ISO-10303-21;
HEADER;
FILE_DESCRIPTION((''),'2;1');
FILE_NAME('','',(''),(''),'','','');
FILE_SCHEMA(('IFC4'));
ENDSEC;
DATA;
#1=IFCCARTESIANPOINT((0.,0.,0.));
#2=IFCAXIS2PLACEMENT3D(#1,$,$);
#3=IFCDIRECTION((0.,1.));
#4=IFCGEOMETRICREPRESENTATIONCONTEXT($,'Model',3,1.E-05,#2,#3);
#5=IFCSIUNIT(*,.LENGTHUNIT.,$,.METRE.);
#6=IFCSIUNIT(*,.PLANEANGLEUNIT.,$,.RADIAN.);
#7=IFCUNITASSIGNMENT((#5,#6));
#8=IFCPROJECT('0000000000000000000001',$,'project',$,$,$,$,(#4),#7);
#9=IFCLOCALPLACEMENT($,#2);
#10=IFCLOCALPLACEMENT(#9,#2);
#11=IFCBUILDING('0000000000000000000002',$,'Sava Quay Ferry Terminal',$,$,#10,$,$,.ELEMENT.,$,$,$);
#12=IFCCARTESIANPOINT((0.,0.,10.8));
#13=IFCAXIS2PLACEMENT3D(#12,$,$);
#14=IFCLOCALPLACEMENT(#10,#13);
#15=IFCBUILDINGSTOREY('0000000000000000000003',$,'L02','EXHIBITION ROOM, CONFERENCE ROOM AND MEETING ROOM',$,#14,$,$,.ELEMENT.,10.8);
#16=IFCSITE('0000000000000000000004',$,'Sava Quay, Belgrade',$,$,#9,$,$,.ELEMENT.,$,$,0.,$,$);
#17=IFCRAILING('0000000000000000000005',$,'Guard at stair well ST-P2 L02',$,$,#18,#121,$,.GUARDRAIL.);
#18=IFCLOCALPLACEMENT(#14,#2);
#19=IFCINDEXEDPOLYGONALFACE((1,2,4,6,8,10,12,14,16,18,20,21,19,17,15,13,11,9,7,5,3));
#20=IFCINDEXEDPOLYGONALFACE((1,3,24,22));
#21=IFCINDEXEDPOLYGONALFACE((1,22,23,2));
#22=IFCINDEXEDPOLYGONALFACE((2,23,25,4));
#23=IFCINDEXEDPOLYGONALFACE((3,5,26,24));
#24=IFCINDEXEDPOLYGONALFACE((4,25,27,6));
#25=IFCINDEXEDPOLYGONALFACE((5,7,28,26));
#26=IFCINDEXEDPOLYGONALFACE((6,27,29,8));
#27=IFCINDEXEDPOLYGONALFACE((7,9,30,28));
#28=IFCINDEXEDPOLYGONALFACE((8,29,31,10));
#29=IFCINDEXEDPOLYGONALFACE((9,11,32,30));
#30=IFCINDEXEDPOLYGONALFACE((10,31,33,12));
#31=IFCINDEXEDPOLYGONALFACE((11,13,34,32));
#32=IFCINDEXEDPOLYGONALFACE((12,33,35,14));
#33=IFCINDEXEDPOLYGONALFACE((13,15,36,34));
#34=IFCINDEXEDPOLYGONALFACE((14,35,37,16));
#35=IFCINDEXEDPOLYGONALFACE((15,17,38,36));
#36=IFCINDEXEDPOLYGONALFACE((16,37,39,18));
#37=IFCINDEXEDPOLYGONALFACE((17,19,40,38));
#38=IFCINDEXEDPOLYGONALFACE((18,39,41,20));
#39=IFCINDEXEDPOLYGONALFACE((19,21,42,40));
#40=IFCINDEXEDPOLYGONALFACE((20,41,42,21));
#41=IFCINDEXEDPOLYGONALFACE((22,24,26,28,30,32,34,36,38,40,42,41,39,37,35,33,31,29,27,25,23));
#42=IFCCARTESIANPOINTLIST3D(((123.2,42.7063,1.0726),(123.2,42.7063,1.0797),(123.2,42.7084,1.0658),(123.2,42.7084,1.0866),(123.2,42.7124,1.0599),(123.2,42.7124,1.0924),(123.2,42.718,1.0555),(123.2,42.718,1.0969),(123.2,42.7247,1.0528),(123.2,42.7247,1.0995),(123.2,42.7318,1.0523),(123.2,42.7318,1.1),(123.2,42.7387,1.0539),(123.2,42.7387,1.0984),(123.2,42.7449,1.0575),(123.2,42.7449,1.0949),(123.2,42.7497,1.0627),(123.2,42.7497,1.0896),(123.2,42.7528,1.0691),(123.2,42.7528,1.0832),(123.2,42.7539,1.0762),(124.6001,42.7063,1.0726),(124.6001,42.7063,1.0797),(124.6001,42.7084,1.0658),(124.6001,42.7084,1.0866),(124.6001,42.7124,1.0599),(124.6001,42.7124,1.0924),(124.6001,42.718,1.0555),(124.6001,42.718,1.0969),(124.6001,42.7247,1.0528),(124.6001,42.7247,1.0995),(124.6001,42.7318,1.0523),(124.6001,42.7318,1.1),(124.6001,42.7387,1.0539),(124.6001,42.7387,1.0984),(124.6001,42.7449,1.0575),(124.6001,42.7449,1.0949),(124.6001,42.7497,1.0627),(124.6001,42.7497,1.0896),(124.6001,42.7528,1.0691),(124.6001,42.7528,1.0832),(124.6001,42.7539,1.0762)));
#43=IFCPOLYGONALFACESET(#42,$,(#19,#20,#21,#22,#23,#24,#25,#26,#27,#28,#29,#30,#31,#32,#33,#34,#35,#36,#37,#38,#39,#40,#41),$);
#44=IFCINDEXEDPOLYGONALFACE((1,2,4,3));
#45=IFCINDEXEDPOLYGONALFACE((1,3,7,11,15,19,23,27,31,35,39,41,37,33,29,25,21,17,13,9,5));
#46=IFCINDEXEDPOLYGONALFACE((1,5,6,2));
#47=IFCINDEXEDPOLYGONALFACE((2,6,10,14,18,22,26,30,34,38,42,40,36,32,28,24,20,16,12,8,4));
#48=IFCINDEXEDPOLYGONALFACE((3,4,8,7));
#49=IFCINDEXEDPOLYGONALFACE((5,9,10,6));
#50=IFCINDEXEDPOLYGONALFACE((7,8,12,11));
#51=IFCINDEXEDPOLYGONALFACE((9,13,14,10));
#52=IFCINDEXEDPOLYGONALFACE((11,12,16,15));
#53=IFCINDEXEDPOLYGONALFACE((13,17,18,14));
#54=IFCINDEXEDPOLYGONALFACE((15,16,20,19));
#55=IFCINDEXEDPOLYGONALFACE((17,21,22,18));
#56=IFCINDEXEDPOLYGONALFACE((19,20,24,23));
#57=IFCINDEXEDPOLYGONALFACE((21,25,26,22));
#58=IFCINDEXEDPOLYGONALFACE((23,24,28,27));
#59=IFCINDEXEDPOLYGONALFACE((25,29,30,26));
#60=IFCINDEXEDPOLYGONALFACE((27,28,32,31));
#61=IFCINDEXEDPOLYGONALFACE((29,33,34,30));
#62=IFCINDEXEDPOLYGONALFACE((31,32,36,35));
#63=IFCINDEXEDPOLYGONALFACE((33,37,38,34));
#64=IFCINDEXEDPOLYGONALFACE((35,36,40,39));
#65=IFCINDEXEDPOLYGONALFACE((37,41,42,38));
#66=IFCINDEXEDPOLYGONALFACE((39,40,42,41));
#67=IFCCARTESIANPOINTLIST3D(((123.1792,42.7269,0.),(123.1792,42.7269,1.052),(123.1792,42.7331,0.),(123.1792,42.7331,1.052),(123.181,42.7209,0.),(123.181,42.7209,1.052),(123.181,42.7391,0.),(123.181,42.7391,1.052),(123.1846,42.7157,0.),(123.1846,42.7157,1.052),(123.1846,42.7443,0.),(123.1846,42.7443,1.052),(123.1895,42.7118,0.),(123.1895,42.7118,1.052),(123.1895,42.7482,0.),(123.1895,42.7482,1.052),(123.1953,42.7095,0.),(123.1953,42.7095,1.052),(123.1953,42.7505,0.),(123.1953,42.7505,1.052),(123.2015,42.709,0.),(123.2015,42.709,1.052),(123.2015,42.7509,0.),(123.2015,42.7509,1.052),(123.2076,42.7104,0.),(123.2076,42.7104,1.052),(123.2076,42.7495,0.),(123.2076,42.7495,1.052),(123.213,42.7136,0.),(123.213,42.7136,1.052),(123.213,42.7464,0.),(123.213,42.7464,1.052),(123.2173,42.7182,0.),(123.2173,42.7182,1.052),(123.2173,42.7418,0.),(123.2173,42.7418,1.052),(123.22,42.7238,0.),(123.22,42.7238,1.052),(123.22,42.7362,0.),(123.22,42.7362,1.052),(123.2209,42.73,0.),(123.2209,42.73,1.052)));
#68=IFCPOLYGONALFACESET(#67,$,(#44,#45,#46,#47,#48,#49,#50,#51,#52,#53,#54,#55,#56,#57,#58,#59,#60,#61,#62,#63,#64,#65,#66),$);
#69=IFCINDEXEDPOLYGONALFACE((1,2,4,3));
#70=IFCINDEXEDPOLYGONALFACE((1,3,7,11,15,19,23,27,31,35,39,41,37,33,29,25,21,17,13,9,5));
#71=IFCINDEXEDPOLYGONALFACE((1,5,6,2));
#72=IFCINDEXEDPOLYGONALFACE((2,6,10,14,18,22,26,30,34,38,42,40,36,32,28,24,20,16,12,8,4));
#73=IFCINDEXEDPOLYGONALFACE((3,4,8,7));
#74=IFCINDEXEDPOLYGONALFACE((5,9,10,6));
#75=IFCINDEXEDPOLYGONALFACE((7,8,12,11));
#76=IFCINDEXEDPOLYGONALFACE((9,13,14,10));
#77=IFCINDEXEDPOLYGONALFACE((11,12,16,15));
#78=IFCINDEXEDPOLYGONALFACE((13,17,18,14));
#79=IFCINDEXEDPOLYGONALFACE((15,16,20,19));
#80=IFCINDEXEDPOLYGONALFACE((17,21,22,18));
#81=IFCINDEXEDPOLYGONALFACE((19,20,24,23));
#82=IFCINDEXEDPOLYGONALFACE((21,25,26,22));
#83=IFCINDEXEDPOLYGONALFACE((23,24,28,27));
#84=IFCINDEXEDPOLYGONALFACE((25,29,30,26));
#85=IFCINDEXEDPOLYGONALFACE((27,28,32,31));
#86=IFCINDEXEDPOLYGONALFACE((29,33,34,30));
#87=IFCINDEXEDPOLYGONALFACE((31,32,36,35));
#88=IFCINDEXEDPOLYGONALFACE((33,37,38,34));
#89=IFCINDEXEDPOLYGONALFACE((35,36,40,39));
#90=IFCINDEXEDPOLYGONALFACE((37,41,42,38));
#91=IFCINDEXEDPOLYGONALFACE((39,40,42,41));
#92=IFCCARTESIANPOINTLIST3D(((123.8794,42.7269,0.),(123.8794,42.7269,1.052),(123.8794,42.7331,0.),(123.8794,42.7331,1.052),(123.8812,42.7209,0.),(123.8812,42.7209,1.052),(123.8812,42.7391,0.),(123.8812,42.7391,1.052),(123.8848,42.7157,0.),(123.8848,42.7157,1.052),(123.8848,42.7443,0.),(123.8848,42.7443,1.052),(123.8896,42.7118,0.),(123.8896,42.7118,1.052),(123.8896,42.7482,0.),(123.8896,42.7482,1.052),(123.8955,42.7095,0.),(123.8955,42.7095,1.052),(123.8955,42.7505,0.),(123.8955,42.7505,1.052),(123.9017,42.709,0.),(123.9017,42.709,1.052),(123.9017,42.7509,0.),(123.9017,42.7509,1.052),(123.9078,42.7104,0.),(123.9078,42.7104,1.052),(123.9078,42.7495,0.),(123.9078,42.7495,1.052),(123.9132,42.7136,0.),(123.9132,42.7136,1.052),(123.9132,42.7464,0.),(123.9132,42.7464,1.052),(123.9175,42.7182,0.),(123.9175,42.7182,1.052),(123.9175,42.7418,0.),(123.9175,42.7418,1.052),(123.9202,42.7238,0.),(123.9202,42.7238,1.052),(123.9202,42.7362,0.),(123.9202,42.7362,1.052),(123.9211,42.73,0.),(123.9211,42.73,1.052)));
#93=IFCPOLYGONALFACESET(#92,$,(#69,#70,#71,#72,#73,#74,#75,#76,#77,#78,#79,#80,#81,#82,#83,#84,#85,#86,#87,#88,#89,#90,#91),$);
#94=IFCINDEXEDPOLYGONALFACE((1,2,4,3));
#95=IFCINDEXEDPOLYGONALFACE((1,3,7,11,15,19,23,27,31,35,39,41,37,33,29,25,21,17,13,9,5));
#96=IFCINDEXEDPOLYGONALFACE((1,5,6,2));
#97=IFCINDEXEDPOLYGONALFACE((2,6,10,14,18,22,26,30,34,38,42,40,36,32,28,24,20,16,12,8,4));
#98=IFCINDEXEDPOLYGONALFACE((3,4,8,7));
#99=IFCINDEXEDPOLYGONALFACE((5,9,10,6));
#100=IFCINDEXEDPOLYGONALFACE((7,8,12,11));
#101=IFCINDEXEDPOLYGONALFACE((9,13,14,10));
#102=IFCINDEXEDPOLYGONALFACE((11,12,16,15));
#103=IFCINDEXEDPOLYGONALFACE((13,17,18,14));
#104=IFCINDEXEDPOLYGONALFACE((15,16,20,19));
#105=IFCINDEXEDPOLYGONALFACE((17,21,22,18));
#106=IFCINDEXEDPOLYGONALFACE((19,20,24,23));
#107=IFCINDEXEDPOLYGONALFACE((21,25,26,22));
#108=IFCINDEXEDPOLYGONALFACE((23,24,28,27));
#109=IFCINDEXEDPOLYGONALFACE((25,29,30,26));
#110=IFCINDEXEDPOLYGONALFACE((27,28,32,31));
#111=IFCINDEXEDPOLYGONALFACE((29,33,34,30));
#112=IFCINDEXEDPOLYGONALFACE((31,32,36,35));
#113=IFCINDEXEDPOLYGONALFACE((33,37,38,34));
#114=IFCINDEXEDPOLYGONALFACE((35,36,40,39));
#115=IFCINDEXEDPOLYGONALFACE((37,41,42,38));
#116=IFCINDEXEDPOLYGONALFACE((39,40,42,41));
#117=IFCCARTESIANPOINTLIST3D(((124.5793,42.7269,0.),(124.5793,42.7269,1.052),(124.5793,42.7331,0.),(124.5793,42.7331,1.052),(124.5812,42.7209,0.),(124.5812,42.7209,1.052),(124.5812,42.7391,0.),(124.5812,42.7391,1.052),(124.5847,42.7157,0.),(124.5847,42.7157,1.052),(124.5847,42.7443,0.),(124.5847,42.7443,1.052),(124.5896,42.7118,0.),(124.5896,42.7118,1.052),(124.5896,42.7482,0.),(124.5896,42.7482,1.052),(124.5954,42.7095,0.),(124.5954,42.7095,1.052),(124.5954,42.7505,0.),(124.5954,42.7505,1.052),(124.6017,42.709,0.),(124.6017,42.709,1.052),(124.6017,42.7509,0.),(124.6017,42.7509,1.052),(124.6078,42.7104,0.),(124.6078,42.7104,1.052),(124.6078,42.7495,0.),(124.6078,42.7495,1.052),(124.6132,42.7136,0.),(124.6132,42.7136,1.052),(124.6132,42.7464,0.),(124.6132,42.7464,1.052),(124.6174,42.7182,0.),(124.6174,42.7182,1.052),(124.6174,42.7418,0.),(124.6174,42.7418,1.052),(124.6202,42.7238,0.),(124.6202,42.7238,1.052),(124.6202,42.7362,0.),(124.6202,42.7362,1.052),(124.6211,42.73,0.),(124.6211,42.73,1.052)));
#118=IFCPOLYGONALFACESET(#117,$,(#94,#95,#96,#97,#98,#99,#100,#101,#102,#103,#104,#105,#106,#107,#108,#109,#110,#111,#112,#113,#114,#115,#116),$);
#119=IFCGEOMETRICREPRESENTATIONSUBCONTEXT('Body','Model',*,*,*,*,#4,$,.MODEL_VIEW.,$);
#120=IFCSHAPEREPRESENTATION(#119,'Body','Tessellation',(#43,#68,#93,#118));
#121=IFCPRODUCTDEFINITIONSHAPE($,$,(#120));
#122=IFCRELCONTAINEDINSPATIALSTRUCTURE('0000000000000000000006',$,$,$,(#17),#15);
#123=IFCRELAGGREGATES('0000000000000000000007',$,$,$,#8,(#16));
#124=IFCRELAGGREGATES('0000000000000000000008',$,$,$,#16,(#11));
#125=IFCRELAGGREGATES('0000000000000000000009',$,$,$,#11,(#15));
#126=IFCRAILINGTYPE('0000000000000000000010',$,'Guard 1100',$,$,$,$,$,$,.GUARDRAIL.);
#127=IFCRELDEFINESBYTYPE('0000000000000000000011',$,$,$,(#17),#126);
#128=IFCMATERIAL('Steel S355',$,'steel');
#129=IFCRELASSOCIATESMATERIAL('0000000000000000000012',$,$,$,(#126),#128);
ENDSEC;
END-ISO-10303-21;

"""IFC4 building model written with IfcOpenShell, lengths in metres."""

from ifc_helpers import new_model, si_unit, direction, frame, origin, origin_2d, place, context, subcontext, project, spatial, circle, extrude, material, type_object, element, save


model = new_model("IFC4")

# Units and contexts
model_context = context("Model", 3, precision=1e-05, world=origin(), true_north=direction((0.0, 1.0)))
body_context = subcontext(model_context, "Body", "Model", "MODEL_VIEW")
ifc_project = project(units=[si_unit("LENGTHUNIT", "METRE"), si_unit("PLANEANGLEUNIT", "RADIAN")], contexts=[model_context])

# Site, building, storey
site_placement = place(None, origin())
site = spatial("IfcSite", under=ifc_project, at=site_placement, Name="Sava Quay, Belgrade", CompositionType="ELEMENT", RefElevation=0.0)
building_placement = place(site_placement, origin())
building = spatial("IfcBuilding", under=site, at=building_placement, Name="Sava Quay Ferry Terminal", CompositionType="ELEMENT")
storey_placement = place(building_placement, frame((0.0, 0.0, 10.8)))
storey = spatial("IfcBuildingStorey", under=building, at=storey_placement, Name="L02", Description="EXHIBITION ROOM, CONFERENCE ROOM AND MEETING ROOM", CompositionType="ELEMENT", Elevation=10.8)

# Railing
ifc_material_1 = material(Name="Steel S355", Category="steel")
railing_type_1 = type_object("IfcRailingType", Name="Guard 1100", PredefinedType="GUARDRAIL", material=ifc_material_1)
railing_1_placement = place(storey_placement, frame((123.2, 42.73, 0.0)))
element("IfcRailing", 1, at=railing_1_placement, inside=storey, type_object=railing_type_1, Name="Guard at stair well ST-P2 L02", PredefinedType="GUARDRAIL", context=body_context, shape_type="SweptSolid", body=[
    extrude(circle(Radius=0.0239, at=origin_2d()), frame((0.0, 0.0, 1.0762), z_axis=(1.0, 0.0, 0.0), x_axis=(0.0, 1.0, 0.0)), (0.0, 0.0, 1.0), 1.4001),
    extrude(circle(Radius=0.021, at=origin_2d()), origin(), (0.0, 0.0, 1.0), 1.052),
    extrude(circle(Radius=0.021, at=origin_2d()), frame((0.7002, 0.0, 0.0)), (0.0, 0.0, 1.0), 1.052),
    extrude(circle(Radius=0.021, at=origin_2d()), frame((1.4001, 0.0, 0.0)), (0.0, 0.0, 1.0), 1.052),
])

save(model, "model.ifc")
